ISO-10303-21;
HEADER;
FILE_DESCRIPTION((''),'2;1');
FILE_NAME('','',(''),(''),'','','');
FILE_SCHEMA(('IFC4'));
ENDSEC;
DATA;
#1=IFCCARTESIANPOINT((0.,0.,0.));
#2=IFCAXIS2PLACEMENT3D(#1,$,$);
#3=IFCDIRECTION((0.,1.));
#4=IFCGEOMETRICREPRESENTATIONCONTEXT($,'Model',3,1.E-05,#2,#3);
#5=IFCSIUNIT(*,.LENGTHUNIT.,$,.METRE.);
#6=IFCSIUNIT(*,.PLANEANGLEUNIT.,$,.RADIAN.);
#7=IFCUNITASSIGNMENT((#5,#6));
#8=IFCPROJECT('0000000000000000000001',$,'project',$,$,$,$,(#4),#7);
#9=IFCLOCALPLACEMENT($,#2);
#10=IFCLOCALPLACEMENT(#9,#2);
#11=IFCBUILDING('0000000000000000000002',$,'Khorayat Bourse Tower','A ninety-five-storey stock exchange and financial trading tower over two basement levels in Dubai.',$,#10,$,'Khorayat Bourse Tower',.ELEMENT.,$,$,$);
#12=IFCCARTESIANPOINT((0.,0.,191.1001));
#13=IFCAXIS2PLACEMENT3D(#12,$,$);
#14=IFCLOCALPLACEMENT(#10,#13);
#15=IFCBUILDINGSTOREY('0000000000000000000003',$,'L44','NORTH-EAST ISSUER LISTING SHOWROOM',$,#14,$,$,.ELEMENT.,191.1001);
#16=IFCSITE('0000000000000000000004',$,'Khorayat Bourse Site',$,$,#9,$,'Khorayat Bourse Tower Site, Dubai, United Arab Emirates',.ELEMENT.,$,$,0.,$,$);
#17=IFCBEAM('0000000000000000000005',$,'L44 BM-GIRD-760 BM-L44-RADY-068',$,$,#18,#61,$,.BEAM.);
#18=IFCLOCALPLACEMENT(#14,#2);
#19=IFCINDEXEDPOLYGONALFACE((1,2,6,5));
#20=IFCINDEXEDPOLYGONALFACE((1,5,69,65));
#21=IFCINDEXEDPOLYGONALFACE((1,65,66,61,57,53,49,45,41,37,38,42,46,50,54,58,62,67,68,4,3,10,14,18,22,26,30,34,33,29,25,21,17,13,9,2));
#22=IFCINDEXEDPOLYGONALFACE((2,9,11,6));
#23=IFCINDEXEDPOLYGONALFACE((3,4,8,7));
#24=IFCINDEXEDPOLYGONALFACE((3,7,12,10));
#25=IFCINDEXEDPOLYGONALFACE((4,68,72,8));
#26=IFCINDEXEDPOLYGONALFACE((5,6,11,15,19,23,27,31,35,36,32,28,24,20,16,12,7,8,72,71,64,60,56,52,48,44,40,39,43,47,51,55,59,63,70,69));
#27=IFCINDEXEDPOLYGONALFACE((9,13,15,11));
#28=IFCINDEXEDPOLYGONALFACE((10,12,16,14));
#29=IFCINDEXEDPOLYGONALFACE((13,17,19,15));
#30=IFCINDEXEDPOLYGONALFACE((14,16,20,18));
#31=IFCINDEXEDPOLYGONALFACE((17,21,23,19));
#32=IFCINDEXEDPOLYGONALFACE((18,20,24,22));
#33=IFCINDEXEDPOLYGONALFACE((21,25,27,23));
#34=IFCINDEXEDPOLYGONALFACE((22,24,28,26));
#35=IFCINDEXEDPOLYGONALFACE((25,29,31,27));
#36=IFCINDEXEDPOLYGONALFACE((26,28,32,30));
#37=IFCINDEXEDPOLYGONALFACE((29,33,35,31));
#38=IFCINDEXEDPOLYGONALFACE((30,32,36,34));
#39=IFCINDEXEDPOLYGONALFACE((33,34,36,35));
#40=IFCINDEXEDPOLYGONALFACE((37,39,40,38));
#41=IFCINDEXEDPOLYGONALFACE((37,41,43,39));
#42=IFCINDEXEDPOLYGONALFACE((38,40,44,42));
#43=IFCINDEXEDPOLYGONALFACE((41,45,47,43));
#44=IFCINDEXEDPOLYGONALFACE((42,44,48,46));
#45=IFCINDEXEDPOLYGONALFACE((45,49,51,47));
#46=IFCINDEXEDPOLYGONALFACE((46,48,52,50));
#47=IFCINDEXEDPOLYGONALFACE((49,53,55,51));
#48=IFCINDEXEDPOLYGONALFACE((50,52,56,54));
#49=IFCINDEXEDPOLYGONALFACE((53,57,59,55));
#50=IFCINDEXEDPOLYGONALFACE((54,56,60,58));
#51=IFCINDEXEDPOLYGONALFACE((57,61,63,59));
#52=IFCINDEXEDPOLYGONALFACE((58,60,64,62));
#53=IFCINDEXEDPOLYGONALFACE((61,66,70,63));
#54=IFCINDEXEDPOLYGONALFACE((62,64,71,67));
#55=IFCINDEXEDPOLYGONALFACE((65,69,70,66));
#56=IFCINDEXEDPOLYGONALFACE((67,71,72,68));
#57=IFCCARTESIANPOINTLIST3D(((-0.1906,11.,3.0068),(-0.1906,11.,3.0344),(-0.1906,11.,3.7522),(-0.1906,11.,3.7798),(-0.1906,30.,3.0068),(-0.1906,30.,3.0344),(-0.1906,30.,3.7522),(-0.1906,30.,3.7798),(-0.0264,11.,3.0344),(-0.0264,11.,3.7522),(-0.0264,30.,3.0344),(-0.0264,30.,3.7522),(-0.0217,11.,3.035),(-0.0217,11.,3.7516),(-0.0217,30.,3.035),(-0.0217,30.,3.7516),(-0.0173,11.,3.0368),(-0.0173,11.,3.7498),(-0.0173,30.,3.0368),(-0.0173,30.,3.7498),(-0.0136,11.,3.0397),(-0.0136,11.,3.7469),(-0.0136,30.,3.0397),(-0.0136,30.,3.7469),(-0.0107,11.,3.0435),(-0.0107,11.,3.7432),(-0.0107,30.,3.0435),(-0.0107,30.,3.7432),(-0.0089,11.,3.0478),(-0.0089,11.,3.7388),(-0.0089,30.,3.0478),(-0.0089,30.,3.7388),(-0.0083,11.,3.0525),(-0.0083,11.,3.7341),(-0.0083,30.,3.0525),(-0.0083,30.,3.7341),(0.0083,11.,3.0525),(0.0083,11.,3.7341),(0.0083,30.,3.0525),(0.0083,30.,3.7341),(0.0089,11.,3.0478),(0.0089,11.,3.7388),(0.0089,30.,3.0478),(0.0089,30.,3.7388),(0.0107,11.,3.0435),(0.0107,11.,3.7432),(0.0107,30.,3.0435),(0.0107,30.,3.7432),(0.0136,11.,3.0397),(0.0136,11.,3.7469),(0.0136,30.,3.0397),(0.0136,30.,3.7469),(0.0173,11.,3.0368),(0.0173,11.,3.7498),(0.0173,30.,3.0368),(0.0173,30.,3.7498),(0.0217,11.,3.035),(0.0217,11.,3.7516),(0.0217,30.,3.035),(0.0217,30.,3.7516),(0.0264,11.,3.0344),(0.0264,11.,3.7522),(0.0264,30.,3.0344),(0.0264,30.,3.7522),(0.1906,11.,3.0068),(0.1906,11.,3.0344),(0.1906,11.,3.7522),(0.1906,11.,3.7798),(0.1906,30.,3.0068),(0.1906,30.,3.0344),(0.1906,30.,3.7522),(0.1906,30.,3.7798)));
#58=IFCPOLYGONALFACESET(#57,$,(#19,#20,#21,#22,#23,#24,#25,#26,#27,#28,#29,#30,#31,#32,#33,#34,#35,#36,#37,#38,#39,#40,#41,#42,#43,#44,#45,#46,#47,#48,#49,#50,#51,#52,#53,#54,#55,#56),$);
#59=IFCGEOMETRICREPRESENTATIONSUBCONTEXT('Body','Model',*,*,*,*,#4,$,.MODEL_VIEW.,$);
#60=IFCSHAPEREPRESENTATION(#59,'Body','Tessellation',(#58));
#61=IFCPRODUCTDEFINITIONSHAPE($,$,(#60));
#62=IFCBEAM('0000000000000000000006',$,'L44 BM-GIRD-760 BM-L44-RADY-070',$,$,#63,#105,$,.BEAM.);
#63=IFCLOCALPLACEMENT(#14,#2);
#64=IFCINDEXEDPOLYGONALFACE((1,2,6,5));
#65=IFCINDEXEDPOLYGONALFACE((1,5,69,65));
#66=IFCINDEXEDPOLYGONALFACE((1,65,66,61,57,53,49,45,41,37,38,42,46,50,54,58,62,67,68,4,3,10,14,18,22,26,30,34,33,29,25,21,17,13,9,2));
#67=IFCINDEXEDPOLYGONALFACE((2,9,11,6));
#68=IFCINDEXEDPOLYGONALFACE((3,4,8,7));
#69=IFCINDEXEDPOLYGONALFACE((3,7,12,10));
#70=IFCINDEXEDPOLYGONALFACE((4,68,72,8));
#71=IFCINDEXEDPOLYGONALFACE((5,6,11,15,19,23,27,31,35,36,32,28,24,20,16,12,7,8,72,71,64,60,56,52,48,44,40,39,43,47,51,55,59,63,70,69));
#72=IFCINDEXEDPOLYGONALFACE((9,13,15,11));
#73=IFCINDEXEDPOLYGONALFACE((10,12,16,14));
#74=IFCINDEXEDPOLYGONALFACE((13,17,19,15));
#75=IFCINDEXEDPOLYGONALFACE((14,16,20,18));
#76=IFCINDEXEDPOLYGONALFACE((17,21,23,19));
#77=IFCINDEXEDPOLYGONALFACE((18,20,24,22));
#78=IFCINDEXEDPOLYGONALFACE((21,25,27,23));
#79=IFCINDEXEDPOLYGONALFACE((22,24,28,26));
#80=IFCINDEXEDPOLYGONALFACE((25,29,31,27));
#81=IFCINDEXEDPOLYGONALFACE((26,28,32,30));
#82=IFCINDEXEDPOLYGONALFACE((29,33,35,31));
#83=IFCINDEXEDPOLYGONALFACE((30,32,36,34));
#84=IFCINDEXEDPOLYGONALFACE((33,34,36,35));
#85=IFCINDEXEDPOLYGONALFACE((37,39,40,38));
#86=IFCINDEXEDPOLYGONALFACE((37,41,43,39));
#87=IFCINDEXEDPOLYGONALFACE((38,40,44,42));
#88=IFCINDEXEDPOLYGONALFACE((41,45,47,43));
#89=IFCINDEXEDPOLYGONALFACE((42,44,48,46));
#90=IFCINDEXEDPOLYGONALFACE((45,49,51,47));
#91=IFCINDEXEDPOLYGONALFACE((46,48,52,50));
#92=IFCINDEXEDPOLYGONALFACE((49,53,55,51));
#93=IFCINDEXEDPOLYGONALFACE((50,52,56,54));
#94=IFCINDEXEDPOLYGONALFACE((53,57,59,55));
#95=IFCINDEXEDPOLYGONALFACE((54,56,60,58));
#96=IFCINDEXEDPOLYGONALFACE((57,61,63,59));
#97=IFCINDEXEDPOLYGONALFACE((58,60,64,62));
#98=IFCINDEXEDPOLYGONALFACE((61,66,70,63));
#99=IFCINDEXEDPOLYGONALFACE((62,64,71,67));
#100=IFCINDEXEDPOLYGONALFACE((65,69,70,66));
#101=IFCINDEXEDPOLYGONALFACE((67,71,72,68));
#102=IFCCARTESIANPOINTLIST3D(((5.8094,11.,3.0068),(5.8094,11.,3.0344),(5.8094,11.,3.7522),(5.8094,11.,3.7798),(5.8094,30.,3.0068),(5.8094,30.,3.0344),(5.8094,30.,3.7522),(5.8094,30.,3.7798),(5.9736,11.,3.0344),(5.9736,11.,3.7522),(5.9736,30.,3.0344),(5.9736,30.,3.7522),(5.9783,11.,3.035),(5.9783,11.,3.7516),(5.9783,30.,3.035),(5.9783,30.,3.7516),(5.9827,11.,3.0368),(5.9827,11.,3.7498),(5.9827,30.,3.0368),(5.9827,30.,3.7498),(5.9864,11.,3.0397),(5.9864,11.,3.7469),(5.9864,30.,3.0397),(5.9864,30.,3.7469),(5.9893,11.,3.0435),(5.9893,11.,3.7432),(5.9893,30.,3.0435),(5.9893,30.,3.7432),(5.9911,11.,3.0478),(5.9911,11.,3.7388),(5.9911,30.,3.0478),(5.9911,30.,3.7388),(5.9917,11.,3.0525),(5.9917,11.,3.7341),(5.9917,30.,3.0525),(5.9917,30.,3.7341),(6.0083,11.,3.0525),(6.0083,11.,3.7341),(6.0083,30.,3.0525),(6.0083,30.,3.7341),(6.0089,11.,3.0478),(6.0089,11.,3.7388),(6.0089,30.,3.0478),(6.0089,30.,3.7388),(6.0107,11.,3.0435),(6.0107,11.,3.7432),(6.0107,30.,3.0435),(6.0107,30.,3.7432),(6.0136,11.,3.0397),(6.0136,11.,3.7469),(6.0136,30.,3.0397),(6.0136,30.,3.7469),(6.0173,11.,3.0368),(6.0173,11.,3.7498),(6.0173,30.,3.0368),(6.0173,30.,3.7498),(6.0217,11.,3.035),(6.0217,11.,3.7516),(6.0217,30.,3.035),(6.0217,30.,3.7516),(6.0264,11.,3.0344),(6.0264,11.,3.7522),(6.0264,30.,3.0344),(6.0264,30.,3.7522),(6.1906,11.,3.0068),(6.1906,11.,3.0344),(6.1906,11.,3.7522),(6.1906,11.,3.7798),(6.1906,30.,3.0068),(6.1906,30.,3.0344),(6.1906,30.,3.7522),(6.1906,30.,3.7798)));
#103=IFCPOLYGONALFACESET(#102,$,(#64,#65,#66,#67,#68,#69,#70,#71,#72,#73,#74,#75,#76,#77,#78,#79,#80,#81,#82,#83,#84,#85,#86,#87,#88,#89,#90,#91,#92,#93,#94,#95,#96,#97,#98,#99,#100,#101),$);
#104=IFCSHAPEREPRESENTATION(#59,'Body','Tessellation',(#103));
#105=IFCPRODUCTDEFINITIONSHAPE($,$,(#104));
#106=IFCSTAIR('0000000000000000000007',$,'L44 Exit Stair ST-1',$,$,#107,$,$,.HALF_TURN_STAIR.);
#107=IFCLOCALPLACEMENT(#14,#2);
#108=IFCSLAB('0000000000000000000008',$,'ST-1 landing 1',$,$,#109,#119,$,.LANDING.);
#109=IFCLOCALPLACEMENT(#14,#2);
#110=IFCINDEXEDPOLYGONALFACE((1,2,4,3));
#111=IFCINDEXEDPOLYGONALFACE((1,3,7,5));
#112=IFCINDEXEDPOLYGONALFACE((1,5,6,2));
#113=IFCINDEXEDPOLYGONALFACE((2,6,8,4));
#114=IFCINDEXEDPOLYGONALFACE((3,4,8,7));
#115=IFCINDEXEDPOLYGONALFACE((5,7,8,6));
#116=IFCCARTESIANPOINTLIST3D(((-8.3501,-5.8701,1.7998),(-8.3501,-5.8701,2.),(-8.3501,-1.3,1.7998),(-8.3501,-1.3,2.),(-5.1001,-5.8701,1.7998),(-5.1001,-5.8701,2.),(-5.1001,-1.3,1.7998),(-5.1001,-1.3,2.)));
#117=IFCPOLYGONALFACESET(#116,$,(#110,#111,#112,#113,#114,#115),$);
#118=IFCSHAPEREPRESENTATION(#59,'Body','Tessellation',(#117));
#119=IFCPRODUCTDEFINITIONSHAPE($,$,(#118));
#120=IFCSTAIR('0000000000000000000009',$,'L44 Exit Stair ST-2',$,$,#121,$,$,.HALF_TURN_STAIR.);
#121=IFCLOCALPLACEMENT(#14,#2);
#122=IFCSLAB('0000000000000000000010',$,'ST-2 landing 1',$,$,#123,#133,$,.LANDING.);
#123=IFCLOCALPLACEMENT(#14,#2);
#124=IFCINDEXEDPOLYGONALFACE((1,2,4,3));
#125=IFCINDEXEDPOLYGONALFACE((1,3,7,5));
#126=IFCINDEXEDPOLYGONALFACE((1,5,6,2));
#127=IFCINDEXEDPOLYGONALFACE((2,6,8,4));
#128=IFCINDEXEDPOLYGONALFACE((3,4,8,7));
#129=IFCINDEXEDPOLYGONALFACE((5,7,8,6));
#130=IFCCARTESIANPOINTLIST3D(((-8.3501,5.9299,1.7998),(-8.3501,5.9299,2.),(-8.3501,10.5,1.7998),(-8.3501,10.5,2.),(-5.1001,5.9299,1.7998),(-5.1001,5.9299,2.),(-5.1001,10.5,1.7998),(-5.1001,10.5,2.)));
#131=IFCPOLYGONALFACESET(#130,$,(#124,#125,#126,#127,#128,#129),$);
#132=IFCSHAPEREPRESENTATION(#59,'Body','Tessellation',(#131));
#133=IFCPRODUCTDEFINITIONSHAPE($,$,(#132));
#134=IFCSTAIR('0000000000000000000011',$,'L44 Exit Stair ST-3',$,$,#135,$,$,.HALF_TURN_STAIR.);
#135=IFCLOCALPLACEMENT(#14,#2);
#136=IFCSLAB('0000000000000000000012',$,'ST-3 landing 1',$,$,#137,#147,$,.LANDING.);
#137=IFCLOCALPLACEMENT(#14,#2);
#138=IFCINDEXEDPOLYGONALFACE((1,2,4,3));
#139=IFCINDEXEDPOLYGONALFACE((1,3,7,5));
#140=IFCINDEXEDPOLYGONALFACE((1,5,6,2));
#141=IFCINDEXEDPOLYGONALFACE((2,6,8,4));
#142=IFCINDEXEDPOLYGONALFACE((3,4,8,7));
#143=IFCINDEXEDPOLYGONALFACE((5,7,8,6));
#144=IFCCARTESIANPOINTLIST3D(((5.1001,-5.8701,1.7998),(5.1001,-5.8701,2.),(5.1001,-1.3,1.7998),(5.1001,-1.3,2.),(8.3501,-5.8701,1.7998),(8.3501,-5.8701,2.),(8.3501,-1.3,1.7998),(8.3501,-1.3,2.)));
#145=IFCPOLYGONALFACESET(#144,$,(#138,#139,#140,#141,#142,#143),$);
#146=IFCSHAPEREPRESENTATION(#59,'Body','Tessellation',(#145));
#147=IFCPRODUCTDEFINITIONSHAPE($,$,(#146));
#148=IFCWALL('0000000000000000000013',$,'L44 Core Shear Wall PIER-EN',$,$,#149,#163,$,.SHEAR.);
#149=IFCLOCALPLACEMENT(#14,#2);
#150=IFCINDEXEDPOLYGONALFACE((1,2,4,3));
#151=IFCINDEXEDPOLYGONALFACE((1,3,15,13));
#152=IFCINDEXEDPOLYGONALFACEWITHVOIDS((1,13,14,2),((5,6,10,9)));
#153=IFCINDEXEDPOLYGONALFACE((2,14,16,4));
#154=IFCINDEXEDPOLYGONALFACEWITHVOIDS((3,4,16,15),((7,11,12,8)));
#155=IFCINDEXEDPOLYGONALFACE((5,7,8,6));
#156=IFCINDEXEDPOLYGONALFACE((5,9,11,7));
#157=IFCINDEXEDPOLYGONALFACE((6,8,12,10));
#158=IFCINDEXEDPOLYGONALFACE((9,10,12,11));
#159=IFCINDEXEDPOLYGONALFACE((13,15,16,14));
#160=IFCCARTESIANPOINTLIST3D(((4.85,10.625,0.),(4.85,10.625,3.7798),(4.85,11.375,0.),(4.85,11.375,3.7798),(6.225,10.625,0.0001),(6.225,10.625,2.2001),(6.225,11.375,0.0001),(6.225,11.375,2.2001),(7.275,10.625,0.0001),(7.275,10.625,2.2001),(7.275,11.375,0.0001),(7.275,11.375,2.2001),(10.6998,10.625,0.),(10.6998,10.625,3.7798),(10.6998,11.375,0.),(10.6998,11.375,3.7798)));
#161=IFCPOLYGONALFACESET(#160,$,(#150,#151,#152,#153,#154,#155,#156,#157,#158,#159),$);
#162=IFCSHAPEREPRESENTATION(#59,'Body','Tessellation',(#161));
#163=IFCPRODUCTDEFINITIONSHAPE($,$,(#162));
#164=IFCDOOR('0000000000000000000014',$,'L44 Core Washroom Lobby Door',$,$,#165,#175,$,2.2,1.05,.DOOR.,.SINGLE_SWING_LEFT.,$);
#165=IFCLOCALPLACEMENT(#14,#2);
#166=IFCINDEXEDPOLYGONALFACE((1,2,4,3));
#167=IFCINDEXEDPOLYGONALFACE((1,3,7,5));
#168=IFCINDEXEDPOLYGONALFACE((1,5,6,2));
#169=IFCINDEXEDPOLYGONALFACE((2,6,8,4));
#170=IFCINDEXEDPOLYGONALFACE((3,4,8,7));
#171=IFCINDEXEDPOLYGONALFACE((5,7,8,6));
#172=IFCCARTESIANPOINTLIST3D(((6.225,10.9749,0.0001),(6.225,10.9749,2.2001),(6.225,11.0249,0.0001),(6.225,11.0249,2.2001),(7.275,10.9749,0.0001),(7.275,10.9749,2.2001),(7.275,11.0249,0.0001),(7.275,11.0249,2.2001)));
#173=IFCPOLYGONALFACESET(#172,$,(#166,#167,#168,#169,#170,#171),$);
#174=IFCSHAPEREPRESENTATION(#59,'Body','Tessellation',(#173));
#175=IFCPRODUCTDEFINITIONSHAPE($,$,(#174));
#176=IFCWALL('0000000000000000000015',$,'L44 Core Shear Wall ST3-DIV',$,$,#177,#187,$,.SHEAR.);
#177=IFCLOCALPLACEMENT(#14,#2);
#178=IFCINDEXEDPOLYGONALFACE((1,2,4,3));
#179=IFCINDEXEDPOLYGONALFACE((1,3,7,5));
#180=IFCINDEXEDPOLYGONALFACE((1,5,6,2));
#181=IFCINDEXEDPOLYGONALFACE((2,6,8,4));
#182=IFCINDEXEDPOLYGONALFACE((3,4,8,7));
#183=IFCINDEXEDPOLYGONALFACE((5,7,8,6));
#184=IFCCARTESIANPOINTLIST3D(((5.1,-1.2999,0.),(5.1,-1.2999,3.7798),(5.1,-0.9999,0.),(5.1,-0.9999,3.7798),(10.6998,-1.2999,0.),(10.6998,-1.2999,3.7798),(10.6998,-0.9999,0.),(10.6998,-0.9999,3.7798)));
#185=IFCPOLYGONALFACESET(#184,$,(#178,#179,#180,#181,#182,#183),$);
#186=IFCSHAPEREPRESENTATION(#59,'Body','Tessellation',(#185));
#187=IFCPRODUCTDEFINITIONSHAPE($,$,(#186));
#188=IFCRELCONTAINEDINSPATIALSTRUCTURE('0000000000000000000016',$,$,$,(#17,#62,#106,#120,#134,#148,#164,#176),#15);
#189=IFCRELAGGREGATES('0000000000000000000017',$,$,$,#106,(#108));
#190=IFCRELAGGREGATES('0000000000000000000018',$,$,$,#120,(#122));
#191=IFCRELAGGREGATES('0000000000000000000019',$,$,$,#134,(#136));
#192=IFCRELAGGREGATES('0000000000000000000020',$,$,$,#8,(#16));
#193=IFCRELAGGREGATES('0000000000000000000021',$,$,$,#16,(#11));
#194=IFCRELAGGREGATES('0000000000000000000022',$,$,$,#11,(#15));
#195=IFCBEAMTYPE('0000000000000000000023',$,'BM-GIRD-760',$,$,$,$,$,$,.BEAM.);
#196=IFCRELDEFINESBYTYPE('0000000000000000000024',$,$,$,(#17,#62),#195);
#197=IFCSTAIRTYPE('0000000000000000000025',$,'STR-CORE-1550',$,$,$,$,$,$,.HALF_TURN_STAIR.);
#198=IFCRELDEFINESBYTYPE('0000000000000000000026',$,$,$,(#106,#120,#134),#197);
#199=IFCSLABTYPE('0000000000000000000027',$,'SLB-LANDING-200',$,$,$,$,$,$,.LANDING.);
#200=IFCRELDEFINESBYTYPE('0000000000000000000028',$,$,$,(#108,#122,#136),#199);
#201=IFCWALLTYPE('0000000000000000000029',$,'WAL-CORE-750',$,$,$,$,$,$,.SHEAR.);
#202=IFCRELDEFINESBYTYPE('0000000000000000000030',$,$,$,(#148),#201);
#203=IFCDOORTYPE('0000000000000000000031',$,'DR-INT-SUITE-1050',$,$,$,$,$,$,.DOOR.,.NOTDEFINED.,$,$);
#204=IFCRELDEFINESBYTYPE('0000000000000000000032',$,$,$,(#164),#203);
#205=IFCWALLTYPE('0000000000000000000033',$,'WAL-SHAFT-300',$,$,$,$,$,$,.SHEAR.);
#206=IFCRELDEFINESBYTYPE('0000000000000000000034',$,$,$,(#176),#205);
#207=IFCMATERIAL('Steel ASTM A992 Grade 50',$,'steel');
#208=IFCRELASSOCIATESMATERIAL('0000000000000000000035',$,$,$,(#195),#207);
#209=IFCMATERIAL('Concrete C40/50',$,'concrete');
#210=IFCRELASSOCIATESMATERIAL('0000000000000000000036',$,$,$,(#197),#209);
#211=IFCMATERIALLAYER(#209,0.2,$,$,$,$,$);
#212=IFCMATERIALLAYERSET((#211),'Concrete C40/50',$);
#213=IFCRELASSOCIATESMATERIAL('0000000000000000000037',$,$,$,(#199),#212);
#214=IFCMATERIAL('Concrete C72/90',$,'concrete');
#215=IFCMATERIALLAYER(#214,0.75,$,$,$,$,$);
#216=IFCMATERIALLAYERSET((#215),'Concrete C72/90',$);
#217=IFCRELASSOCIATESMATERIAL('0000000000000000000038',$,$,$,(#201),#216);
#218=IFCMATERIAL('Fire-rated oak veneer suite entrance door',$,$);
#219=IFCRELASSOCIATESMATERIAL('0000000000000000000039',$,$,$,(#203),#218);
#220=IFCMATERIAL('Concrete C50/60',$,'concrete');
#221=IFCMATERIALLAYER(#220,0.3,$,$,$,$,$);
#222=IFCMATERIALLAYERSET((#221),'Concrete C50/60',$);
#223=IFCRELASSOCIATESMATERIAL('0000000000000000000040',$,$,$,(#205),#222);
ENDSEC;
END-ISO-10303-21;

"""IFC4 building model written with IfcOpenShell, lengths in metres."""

from ifc_helpers import new_model, si_unit, direction, frame, frame_2d, origin, origin_2d, place, context, subcontext, project, spatial, polyline, rectangle, i_section, outline, extrude, source, transform, mapped, material, layer, layer_set, material_profile, profile_set, type_object, element, fill, aggregate, save


model = new_model("IFC4")

# Units and contexts
model_context = context("Model", 3, precision=1e-05, world=origin(), true_north=direction((0.0, 1.0)))
body_context = subcontext(model_context, "Body", "Model", "MODEL_VIEW")
ifc_project = project(units=[si_unit("LENGTHUNIT", "METRE"), si_unit("PLANEANGLEUNIT", "RADIAN")], contexts=[model_context])

# Site, building, storey
site_placement = place(None, origin())
site = spatial("IfcSite", under=ifc_project, at=site_placement, Name="Khorayat Bourse Site", LongName="Khorayat Bourse Tower Site, Dubai, United Arab Emirates", CompositionType="ELEMENT", RefElevation=0.0)
building_placement = place(site_placement, origin())
building = spatial("IfcBuilding", under=site, at=building_placement, Name="Khorayat Bourse Tower", Description="A ninety-five-storey stock exchange and financial trading tower over two basement levels in Dubai.", LongName="Khorayat Bourse Tower", CompositionType="ELEMENT")
storey_placement = place(building_placement, frame((0.0, 0.0, 191.1001)))
storey = spatial("IfcBuildingStorey", under=building, at=storey_placement, Name="L44", Description="NORTH-EAST ISSUER LISTING SHOWROOM", CompositionType="ELEMENT", Elevation=191.1001)

# Beams
ifc_material_1 = material(Name="Steel ASTM A992 Grade 50", Category="steel")
ifc_material_2 = material(Name="Concrete C72/90", Category="concrete")
ifc_material_profile_1 = material_profile(ifc_material_1, i_section(OverallWidth=0.3811, OverallDepth=0.7729, WebThickness=0.0166, FlangeThickness=0.0276, FilletRadius=0.0181, at=origin_2d()), Name="W760X257")
ifc_profile_set_1 = profile_set([ifc_material_profile_1], Name="Steel ASTM A992 Grade 50")
beam_type_1 = type_object("IfcBeamType", Name="BM-GIRD-760", PredefinedType="BEAM", material=ifc_profile_set_1)
shared_shape_1 = source(origin(), body_context, "Body", "SweptSolid", [
    extrude(i_section(OverallWidth=0.3811, OverallDepth=0.7729, WebThickness=0.0166, FlangeThickness=0.0276, FilletRadius=0.0181, at=origin_2d()), origin(), (0.0, 0.0, 1.0), 19.0),
])
for number, where, z_axis, x_axis, name in (
    (1, (0.0, 11.0, 3.3933), (0.0, 1.0, 0.0), (-1.0, 0.0, 0.0), "L44 BM-GIRD-760 BM-L44-RADY-068"),
    (2, (6.0, 11.0, 3.3933), (0.0, 1.0, 0.0), (-1.0, 0.0, 0.0), "L44 BM-GIRD-760 BM-L44-RADY-070"),
):
    element("IfcBeam", number, at=place(storey_placement, frame(where, z_axis=z_axis, x_axis=x_axis)), inside=storey, type_object=beam_type_1, Name=name, PredefinedType="BEAM", context=body_context, shape_type="MappedRepresentation", body=[
        mapped(shared_shape_1, transform((0.0, 0.0, 0.0), scale=1.0)),
    ])

# Stairs, slabs
ifc_material_3 = material(Name="Concrete C40/50", Category="concrete")
stair_type = type_object("IfcStairType", Name="STR-CORE-1550", PredefinedType="HALF_TURN_STAIR", material=ifc_material_3)
stair_1_placement = place(storey_placement, origin())
stair_1 = element("IfcStair", 3, at=stair_1_placement, inside=storey, type_object=stair_type, Name="L44 Exit Stair ST-1", PredefinedType="HALF_TURN_STAIR")
ifc_layer_1 = layer(ifc_material_3, 0.2)
ifc_layer_set_1 = layer_set([ifc_layer_1], Name="Concrete C40/50")
slab_type = type_object("IfcSlabType", Name="SLB-LANDING-200", PredefinedType="LANDING", material=ifc_layer_set_1)
slab_1_placement = place(storey_placement, frame((0.0, 0.0, 1.7998)))
slab_1 = element("IfcSlab", 4, at=slab_1_placement, type_object=slab_type, Name="ST-1 landing 1", PredefinedType="LANDING", context=body_context, shape_type="SweptSolid", body=[
    extrude(outline(polyline([(-5.1001, -5.8701), (-5.1001, -1.3), (-8.3501, -1.3), (-8.3501, -5.8701), (-5.1001, -5.8701)])), origin(), (0.0, 0.0, 1.0), 0.2002),
])
aggregate(stair_1, [slab_1])
stair_2_placement = place(storey_placement, origin())
stair_2 = element("IfcStair", 5, at=stair_2_placement, inside=storey, type_object=stair_type, Name="L44 Exit Stair ST-2", PredefinedType="HALF_TURN_STAIR")
slab_2_placement = place(storey_placement, frame((0.0, 0.0, 1.7998)))
slab_2 = element("IfcSlab", 6, at=slab_2_placement, type_object=slab_type, Name="ST-2 landing 1", PredefinedType="LANDING", context=body_context, shape_type="SweptSolid", body=[
    extrude(outline(polyline([(-5.1001, 5.9299), (-5.1001, 10.5), (-8.3501, 10.5), (-8.3501, 5.9299), (-5.1001, 5.9299)])), origin(), (0.0, 0.0, 1.0), 0.2002),
])
aggregate(stair_2, [slab_2])
stair_3_placement = place(storey_placement, origin())
stair_3 = element("IfcStair", 7, at=stair_3_placement, inside=storey, type_object=stair_type, Name="L44 Exit Stair ST-3", PredefinedType="HALF_TURN_STAIR")
slab_3_placement = place(storey_placement, frame((0.0, 0.0, 1.7998)))
slab_3 = element("IfcSlab", 8, at=slab_3_placement, type_object=slab_type, Name="ST-3 landing 1", PredefinedType="LANDING", context=body_context, shape_type="SweptSolid", body=[
    extrude(outline(polyline([(8.3501, -5.8701), (8.3501, -1.3), (5.1001, -1.3), (5.1001, -5.8701), (8.3501, -5.8701)])), origin(), (0.0, 0.0, 1.0), 0.2002),
])
aggregate(stair_3, [slab_3])

# Wall, opening, door
ifc_layer_2 = layer(ifc_material_2, 0.75)
ifc_layer_set_2 = layer_set([ifc_layer_2], Name="Concrete C72/90")
wall_type_1 = type_object("IfcWallType", Name="WAL-CORE-750", PredefinedType="SHEAR", material=ifc_layer_set_2)
shared_shape_2 = source(origin(), body_context, "Body", "SweptSolid", [
    extrude(rectangle(XDim=5.8499, YDim=0.75, at=frame_2d((2.9248, 0.0))), origin(), (0.0, 0.0, 1.0), 3.7798),
])
wall_1_placement = place(storey_placement, frame((4.8501, 11.0, 0.0), z_axis=(0.0, 0.0, 1.0), x_axis=(1.0, 0.0, 0.0)))
wall_1 = element("IfcWall", 9, at=wall_1_placement, inside=storey, type_object=wall_type_1, Name="L44 Core Shear Wall PIER-EN", PredefinedType="SHEAR", context=body_context, shape_type="MappedRepresentation", body=[
    mapped(shared_shape_2, transform((0.0, 0.0, 0.0), scale=1.0)),
])
shared_shape_3 = source(origin(), body_context, "Body", "SweptSolid", [
    extrude(rectangle(XDim=1.05, YDim=2.2, at=frame_2d((0.5249, 1.1001))), frame((0.0, 0.385, 0.0), z_axis=(0.0, -1.0, 0.0), x_axis=(1.0, 0.0, 0.0)), (0.0, 0.0, 1.0), 0.77),
])
opening_1_placement = place(wall_1_placement, frame((1.375, 0.0, 0.0)))
opening_1 = element("IfcOpeningElement", 10, at=opening_1_placement, cuts=wall_1, PredefinedType="OPENING", context=body_context, shape_type="MappedRepresentation", body=[
    mapped(shared_shape_3, transform((0.0, 0.0, 0.0), scale=1.0)),
])
ifc_material_4 = material(Name="Fire-rated oak veneer suite entrance door")
door_type_1 = type_object("IfcDoorType", Name="DR-INT-SUITE-1050", OperationType="NOTDEFINED", PredefinedType="DOOR", material=ifc_material_4)
shared_shape_4 = source(origin(), body_context, "Body", "SweptSolid", [
    extrude(rectangle(XDim=1.05, YDim=2.2, at=frame_2d((0.5249, 1.1001))), frame((0.0, 0.0249, 0.0), z_axis=(0.0, -1.0, 0.0), x_axis=(1.0, 0.0, 0.0)), (0.0, 0.0, 1.0), 0.05),
])
door_1_placement = place(opening_1_placement, origin())
door_1 = element("IfcDoor", 11, at=door_1_placement, inside=storey, type_object=door_type_1, Name="L44 Core Washroom Lobby Door", OperationType="SINGLE_SWING_LEFT", OverallHeight=2.2, OverallWidth=1.05, PredefinedType="DOOR", context=body_context, shape_type="MappedRepresentation", body=[
    mapped(shared_shape_4, transform((0.0, 0.0, 0.0), scale=1.0)),
])
fill(opening_1, door_1)

# Wall
ifc_material_5 = material(Name="Concrete C50/60", Category="concrete")
ifc_layer_3 = layer(ifc_material_5, 0.3)
ifc_layer_set_3 = layer_set([ifc_layer_3], Name="Concrete C50/60")
wall_type_2 = type_object("IfcWallType", Name="WAL-SHAFT-300", PredefinedType="SHEAR", material=ifc_layer_set_3)
shared_shape_5 = source(origin(), body_context, "Body", "SweptSolid", [
    extrude(rectangle(XDim=5.5999, YDim=0.3, at=frame_2d((2.7998, 0.0))), origin(), (0.0, 0.0, 1.0), 3.7798),
])
wall_2_placement = place(storey_placement, frame((5.1001, -1.1499, 0.0), z_axis=(0.0, 0.0, 1.0), x_axis=(1.0, 0.0, 0.0)))
element("IfcWall", 12, at=wall_2_placement, inside=storey, type_object=wall_type_2, Name="L44 Core Shear Wall ST3-DIV", PredefinedType="SHEAR", context=body_context, shape_type="MappedRepresentation", body=[
    mapped(shared_shape_5, transform((0.0, 0.0, 0.0), scale=1.0)),
])

save(model, "model.ifc")
